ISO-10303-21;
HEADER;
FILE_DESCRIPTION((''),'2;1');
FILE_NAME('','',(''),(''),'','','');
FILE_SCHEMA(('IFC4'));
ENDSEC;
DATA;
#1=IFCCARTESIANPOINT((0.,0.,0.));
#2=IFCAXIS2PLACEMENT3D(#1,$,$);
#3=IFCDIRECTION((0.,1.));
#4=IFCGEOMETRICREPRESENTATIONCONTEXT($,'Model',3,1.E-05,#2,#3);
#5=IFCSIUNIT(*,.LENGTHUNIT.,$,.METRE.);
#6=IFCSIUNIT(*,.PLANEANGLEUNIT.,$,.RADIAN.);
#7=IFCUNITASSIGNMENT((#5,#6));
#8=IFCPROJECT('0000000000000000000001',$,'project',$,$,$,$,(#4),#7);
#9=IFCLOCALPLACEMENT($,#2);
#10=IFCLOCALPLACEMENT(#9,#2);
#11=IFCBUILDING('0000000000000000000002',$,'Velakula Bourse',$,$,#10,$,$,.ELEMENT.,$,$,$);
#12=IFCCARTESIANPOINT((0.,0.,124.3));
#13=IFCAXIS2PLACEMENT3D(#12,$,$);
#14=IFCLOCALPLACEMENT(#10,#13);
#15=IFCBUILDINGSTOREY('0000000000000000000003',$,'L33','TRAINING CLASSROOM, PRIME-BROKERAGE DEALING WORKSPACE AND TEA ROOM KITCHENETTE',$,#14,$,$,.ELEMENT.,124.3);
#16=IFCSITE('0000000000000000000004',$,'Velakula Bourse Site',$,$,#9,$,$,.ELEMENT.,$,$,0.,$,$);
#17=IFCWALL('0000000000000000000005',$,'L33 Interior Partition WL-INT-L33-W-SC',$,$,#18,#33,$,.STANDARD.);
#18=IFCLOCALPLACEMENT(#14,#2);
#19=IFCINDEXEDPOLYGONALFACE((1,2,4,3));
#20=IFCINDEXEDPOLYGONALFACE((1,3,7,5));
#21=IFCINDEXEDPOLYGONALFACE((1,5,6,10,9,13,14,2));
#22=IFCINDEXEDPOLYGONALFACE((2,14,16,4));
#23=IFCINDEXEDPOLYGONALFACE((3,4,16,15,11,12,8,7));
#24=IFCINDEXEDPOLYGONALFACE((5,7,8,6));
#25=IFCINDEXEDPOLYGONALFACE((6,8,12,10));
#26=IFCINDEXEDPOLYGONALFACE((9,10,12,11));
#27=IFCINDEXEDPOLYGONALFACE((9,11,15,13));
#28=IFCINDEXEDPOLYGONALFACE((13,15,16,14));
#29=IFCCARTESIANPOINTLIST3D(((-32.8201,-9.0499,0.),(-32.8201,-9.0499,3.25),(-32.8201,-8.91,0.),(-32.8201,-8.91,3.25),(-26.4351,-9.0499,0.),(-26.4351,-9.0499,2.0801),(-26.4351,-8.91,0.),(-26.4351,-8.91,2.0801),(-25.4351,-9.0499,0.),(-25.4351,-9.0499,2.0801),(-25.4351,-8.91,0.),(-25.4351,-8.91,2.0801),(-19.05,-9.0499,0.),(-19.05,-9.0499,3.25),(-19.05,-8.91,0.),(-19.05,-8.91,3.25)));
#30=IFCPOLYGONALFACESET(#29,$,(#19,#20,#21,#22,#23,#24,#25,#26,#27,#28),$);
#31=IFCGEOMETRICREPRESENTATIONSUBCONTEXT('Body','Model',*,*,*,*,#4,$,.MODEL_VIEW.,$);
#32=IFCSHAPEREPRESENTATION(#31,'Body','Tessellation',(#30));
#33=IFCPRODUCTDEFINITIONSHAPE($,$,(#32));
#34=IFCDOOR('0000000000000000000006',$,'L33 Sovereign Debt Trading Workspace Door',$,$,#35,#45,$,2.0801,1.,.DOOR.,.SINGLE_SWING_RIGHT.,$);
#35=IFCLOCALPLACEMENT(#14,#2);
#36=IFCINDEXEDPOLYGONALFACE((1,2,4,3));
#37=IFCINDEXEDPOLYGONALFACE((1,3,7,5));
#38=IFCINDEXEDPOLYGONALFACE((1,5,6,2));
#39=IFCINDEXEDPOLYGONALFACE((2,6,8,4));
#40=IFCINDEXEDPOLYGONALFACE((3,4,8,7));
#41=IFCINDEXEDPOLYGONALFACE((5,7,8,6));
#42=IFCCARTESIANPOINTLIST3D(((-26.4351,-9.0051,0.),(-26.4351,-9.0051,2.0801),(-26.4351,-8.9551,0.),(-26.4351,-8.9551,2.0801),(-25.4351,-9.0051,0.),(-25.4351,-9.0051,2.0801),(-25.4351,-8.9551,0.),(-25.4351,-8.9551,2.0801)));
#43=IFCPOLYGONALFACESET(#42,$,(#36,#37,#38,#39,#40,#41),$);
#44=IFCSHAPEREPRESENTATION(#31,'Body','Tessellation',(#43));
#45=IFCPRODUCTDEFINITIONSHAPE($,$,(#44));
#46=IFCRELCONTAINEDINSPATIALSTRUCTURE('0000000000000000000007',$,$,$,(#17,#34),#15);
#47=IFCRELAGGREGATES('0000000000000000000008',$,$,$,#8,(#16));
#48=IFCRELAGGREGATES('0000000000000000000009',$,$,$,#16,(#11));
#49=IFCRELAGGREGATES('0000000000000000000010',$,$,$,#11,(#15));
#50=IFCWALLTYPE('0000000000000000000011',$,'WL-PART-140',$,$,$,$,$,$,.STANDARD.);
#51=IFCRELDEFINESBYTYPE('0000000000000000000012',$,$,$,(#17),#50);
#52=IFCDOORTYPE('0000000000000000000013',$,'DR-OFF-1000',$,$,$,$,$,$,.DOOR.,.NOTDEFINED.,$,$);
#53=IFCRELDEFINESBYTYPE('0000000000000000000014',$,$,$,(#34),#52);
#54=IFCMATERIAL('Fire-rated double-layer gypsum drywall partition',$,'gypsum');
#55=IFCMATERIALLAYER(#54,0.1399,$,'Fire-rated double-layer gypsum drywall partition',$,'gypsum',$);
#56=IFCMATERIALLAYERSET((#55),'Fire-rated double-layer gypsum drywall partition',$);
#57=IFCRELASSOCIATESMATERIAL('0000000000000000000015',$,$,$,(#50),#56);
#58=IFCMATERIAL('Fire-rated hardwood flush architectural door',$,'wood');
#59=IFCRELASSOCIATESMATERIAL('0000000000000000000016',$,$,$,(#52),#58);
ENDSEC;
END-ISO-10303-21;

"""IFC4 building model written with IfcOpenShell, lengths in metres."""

from ifc_helpers import new_model, si_unit, direction, frame, frame_2d, origin, place, context, subcontext, project, spatial, rectangle, extrude, material, layer, layer_set, type_object, element, fill, save


model = new_model("IFC4")

# Units and contexts
model_context = context("Model", 3, precision=1e-05, world=origin(), true_north=direction((0.0, 1.0)))
body_context = subcontext(model_context, "Body", "Model", "MODEL_VIEW")
ifc_project = project(units=[si_unit("LENGTHUNIT", "METRE"), si_unit("PLANEANGLEUNIT", "RADIAN")], contexts=[model_context])

# Site, building, storey
site_placement = place(None, origin())
site = spatial("IfcSite", under=ifc_project, at=site_placement, Name="Velakula Bourse Site", CompositionType="ELEMENT", RefElevation=0.0)
building_placement = place(site_placement, origin())
building = spatial("IfcBuilding", under=site, at=building_placement, Name="Velakula Bourse", CompositionType="ELEMENT")
storey_placement = place(building_placement, frame((0.0, 0.0, 124.3)))
storey = spatial("IfcBuildingStorey", under=building, at=storey_placement, Name="L33", Description="TRAINING CLASSROOM, PRIME-BROKERAGE DEALING WORKSPACE AND TEA ROOM KITCHENETTE", CompositionType="ELEMENT", Elevation=124.3)

# Shared definitions
ifc_material_1 = material(Name="Fire-rated double-layer gypsum drywall partition", Category="gypsum")
ifc_layer = layer(ifc_material_1, 0.1399, Name="Fire-rated double-layer gypsum drywall partition", Category="gypsum")
ifc_layer_set = layer_set([ifc_layer], Name="Fire-rated double-layer gypsum drywall partition")
wall_type = type_object("IfcWallType", Name="WL-PART-140", PredefinedType="STANDARD", material=ifc_layer_set)
ifc_material_2 = material(Name="Fire-rated hardwood flush architectural door", Category="wood")
door_type_1 = type_object("IfcDoorType", Name="DR-OFF-1000", OperationType="NOTDEFINED", PredefinedType="DOOR", material=ifc_material_2)

# Wall, opening, door
wall_1_placement = place(storey_placement, frame((-32.8201, -8.98, 0.0), z_axis=(0.0, 0.0, 1.0), x_axis=(1.0, 0.0, 0.0)))
wall_1 = element("IfcWall", 1, at=wall_1_placement, inside=storey, type_object=wall_type, Name="L33 Interior Partition WL-INT-L33-W-SC", PredefinedType="STANDARD", context=body_context, shape_type="SweptSolid", body=[
    extrude(rectangle(XDim=13.77, YDim=0.1399, at=frame_2d((6.885, 0.0))), origin(), (0.0, 0.0, 1.0), 3.25),
])
opening_1_placement = place(wall_1_placement, frame((6.385, 0.0, 0.0)))
opening_1 = element("IfcOpeningElement", 2, at=opening_1_placement, cuts=wall_1, PredefinedType="OPENING", context=body_context, shape_type="SweptSolid", body=[
    extrude(rectangle(XDim=1.0, YDim=2.0801, at=frame_2d((0.5, 1.04))), frame((0.0, 0.0798, 0.0), z_axis=(0.0, -1.0, 0.0), x_axis=(1.0, 0.0, 0.0)), (0.0, 0.0, 1.0), 0.1599),
])
door_1_placement = place(opening_1_placement, origin())
door_1 = element("IfcDoor", 3, at=door_1_placement, inside=storey, type_object=door_type_1, Name="L33 Sovereign Debt Trading Workspace Door", OperationType="SINGLE_SWING_RIGHT", OverallHeight=2.0801, OverallWidth=1.0, PredefinedType="DOOR", context=body_context, shape_type="SweptSolid", body=[
    extrude(rectangle(XDim=1.0, YDim=2.0801, at=frame_2d((0.5, 1.04))), frame((0.0, 0.0249, 0.0), z_axis=(0.0, -1.0, 0.0), x_axis=(1.0, 0.0, 0.0)), (0.0, 0.0, 1.0), 0.05),
])
fill(opening_1, door_1)

save(model, "model.ifc")
